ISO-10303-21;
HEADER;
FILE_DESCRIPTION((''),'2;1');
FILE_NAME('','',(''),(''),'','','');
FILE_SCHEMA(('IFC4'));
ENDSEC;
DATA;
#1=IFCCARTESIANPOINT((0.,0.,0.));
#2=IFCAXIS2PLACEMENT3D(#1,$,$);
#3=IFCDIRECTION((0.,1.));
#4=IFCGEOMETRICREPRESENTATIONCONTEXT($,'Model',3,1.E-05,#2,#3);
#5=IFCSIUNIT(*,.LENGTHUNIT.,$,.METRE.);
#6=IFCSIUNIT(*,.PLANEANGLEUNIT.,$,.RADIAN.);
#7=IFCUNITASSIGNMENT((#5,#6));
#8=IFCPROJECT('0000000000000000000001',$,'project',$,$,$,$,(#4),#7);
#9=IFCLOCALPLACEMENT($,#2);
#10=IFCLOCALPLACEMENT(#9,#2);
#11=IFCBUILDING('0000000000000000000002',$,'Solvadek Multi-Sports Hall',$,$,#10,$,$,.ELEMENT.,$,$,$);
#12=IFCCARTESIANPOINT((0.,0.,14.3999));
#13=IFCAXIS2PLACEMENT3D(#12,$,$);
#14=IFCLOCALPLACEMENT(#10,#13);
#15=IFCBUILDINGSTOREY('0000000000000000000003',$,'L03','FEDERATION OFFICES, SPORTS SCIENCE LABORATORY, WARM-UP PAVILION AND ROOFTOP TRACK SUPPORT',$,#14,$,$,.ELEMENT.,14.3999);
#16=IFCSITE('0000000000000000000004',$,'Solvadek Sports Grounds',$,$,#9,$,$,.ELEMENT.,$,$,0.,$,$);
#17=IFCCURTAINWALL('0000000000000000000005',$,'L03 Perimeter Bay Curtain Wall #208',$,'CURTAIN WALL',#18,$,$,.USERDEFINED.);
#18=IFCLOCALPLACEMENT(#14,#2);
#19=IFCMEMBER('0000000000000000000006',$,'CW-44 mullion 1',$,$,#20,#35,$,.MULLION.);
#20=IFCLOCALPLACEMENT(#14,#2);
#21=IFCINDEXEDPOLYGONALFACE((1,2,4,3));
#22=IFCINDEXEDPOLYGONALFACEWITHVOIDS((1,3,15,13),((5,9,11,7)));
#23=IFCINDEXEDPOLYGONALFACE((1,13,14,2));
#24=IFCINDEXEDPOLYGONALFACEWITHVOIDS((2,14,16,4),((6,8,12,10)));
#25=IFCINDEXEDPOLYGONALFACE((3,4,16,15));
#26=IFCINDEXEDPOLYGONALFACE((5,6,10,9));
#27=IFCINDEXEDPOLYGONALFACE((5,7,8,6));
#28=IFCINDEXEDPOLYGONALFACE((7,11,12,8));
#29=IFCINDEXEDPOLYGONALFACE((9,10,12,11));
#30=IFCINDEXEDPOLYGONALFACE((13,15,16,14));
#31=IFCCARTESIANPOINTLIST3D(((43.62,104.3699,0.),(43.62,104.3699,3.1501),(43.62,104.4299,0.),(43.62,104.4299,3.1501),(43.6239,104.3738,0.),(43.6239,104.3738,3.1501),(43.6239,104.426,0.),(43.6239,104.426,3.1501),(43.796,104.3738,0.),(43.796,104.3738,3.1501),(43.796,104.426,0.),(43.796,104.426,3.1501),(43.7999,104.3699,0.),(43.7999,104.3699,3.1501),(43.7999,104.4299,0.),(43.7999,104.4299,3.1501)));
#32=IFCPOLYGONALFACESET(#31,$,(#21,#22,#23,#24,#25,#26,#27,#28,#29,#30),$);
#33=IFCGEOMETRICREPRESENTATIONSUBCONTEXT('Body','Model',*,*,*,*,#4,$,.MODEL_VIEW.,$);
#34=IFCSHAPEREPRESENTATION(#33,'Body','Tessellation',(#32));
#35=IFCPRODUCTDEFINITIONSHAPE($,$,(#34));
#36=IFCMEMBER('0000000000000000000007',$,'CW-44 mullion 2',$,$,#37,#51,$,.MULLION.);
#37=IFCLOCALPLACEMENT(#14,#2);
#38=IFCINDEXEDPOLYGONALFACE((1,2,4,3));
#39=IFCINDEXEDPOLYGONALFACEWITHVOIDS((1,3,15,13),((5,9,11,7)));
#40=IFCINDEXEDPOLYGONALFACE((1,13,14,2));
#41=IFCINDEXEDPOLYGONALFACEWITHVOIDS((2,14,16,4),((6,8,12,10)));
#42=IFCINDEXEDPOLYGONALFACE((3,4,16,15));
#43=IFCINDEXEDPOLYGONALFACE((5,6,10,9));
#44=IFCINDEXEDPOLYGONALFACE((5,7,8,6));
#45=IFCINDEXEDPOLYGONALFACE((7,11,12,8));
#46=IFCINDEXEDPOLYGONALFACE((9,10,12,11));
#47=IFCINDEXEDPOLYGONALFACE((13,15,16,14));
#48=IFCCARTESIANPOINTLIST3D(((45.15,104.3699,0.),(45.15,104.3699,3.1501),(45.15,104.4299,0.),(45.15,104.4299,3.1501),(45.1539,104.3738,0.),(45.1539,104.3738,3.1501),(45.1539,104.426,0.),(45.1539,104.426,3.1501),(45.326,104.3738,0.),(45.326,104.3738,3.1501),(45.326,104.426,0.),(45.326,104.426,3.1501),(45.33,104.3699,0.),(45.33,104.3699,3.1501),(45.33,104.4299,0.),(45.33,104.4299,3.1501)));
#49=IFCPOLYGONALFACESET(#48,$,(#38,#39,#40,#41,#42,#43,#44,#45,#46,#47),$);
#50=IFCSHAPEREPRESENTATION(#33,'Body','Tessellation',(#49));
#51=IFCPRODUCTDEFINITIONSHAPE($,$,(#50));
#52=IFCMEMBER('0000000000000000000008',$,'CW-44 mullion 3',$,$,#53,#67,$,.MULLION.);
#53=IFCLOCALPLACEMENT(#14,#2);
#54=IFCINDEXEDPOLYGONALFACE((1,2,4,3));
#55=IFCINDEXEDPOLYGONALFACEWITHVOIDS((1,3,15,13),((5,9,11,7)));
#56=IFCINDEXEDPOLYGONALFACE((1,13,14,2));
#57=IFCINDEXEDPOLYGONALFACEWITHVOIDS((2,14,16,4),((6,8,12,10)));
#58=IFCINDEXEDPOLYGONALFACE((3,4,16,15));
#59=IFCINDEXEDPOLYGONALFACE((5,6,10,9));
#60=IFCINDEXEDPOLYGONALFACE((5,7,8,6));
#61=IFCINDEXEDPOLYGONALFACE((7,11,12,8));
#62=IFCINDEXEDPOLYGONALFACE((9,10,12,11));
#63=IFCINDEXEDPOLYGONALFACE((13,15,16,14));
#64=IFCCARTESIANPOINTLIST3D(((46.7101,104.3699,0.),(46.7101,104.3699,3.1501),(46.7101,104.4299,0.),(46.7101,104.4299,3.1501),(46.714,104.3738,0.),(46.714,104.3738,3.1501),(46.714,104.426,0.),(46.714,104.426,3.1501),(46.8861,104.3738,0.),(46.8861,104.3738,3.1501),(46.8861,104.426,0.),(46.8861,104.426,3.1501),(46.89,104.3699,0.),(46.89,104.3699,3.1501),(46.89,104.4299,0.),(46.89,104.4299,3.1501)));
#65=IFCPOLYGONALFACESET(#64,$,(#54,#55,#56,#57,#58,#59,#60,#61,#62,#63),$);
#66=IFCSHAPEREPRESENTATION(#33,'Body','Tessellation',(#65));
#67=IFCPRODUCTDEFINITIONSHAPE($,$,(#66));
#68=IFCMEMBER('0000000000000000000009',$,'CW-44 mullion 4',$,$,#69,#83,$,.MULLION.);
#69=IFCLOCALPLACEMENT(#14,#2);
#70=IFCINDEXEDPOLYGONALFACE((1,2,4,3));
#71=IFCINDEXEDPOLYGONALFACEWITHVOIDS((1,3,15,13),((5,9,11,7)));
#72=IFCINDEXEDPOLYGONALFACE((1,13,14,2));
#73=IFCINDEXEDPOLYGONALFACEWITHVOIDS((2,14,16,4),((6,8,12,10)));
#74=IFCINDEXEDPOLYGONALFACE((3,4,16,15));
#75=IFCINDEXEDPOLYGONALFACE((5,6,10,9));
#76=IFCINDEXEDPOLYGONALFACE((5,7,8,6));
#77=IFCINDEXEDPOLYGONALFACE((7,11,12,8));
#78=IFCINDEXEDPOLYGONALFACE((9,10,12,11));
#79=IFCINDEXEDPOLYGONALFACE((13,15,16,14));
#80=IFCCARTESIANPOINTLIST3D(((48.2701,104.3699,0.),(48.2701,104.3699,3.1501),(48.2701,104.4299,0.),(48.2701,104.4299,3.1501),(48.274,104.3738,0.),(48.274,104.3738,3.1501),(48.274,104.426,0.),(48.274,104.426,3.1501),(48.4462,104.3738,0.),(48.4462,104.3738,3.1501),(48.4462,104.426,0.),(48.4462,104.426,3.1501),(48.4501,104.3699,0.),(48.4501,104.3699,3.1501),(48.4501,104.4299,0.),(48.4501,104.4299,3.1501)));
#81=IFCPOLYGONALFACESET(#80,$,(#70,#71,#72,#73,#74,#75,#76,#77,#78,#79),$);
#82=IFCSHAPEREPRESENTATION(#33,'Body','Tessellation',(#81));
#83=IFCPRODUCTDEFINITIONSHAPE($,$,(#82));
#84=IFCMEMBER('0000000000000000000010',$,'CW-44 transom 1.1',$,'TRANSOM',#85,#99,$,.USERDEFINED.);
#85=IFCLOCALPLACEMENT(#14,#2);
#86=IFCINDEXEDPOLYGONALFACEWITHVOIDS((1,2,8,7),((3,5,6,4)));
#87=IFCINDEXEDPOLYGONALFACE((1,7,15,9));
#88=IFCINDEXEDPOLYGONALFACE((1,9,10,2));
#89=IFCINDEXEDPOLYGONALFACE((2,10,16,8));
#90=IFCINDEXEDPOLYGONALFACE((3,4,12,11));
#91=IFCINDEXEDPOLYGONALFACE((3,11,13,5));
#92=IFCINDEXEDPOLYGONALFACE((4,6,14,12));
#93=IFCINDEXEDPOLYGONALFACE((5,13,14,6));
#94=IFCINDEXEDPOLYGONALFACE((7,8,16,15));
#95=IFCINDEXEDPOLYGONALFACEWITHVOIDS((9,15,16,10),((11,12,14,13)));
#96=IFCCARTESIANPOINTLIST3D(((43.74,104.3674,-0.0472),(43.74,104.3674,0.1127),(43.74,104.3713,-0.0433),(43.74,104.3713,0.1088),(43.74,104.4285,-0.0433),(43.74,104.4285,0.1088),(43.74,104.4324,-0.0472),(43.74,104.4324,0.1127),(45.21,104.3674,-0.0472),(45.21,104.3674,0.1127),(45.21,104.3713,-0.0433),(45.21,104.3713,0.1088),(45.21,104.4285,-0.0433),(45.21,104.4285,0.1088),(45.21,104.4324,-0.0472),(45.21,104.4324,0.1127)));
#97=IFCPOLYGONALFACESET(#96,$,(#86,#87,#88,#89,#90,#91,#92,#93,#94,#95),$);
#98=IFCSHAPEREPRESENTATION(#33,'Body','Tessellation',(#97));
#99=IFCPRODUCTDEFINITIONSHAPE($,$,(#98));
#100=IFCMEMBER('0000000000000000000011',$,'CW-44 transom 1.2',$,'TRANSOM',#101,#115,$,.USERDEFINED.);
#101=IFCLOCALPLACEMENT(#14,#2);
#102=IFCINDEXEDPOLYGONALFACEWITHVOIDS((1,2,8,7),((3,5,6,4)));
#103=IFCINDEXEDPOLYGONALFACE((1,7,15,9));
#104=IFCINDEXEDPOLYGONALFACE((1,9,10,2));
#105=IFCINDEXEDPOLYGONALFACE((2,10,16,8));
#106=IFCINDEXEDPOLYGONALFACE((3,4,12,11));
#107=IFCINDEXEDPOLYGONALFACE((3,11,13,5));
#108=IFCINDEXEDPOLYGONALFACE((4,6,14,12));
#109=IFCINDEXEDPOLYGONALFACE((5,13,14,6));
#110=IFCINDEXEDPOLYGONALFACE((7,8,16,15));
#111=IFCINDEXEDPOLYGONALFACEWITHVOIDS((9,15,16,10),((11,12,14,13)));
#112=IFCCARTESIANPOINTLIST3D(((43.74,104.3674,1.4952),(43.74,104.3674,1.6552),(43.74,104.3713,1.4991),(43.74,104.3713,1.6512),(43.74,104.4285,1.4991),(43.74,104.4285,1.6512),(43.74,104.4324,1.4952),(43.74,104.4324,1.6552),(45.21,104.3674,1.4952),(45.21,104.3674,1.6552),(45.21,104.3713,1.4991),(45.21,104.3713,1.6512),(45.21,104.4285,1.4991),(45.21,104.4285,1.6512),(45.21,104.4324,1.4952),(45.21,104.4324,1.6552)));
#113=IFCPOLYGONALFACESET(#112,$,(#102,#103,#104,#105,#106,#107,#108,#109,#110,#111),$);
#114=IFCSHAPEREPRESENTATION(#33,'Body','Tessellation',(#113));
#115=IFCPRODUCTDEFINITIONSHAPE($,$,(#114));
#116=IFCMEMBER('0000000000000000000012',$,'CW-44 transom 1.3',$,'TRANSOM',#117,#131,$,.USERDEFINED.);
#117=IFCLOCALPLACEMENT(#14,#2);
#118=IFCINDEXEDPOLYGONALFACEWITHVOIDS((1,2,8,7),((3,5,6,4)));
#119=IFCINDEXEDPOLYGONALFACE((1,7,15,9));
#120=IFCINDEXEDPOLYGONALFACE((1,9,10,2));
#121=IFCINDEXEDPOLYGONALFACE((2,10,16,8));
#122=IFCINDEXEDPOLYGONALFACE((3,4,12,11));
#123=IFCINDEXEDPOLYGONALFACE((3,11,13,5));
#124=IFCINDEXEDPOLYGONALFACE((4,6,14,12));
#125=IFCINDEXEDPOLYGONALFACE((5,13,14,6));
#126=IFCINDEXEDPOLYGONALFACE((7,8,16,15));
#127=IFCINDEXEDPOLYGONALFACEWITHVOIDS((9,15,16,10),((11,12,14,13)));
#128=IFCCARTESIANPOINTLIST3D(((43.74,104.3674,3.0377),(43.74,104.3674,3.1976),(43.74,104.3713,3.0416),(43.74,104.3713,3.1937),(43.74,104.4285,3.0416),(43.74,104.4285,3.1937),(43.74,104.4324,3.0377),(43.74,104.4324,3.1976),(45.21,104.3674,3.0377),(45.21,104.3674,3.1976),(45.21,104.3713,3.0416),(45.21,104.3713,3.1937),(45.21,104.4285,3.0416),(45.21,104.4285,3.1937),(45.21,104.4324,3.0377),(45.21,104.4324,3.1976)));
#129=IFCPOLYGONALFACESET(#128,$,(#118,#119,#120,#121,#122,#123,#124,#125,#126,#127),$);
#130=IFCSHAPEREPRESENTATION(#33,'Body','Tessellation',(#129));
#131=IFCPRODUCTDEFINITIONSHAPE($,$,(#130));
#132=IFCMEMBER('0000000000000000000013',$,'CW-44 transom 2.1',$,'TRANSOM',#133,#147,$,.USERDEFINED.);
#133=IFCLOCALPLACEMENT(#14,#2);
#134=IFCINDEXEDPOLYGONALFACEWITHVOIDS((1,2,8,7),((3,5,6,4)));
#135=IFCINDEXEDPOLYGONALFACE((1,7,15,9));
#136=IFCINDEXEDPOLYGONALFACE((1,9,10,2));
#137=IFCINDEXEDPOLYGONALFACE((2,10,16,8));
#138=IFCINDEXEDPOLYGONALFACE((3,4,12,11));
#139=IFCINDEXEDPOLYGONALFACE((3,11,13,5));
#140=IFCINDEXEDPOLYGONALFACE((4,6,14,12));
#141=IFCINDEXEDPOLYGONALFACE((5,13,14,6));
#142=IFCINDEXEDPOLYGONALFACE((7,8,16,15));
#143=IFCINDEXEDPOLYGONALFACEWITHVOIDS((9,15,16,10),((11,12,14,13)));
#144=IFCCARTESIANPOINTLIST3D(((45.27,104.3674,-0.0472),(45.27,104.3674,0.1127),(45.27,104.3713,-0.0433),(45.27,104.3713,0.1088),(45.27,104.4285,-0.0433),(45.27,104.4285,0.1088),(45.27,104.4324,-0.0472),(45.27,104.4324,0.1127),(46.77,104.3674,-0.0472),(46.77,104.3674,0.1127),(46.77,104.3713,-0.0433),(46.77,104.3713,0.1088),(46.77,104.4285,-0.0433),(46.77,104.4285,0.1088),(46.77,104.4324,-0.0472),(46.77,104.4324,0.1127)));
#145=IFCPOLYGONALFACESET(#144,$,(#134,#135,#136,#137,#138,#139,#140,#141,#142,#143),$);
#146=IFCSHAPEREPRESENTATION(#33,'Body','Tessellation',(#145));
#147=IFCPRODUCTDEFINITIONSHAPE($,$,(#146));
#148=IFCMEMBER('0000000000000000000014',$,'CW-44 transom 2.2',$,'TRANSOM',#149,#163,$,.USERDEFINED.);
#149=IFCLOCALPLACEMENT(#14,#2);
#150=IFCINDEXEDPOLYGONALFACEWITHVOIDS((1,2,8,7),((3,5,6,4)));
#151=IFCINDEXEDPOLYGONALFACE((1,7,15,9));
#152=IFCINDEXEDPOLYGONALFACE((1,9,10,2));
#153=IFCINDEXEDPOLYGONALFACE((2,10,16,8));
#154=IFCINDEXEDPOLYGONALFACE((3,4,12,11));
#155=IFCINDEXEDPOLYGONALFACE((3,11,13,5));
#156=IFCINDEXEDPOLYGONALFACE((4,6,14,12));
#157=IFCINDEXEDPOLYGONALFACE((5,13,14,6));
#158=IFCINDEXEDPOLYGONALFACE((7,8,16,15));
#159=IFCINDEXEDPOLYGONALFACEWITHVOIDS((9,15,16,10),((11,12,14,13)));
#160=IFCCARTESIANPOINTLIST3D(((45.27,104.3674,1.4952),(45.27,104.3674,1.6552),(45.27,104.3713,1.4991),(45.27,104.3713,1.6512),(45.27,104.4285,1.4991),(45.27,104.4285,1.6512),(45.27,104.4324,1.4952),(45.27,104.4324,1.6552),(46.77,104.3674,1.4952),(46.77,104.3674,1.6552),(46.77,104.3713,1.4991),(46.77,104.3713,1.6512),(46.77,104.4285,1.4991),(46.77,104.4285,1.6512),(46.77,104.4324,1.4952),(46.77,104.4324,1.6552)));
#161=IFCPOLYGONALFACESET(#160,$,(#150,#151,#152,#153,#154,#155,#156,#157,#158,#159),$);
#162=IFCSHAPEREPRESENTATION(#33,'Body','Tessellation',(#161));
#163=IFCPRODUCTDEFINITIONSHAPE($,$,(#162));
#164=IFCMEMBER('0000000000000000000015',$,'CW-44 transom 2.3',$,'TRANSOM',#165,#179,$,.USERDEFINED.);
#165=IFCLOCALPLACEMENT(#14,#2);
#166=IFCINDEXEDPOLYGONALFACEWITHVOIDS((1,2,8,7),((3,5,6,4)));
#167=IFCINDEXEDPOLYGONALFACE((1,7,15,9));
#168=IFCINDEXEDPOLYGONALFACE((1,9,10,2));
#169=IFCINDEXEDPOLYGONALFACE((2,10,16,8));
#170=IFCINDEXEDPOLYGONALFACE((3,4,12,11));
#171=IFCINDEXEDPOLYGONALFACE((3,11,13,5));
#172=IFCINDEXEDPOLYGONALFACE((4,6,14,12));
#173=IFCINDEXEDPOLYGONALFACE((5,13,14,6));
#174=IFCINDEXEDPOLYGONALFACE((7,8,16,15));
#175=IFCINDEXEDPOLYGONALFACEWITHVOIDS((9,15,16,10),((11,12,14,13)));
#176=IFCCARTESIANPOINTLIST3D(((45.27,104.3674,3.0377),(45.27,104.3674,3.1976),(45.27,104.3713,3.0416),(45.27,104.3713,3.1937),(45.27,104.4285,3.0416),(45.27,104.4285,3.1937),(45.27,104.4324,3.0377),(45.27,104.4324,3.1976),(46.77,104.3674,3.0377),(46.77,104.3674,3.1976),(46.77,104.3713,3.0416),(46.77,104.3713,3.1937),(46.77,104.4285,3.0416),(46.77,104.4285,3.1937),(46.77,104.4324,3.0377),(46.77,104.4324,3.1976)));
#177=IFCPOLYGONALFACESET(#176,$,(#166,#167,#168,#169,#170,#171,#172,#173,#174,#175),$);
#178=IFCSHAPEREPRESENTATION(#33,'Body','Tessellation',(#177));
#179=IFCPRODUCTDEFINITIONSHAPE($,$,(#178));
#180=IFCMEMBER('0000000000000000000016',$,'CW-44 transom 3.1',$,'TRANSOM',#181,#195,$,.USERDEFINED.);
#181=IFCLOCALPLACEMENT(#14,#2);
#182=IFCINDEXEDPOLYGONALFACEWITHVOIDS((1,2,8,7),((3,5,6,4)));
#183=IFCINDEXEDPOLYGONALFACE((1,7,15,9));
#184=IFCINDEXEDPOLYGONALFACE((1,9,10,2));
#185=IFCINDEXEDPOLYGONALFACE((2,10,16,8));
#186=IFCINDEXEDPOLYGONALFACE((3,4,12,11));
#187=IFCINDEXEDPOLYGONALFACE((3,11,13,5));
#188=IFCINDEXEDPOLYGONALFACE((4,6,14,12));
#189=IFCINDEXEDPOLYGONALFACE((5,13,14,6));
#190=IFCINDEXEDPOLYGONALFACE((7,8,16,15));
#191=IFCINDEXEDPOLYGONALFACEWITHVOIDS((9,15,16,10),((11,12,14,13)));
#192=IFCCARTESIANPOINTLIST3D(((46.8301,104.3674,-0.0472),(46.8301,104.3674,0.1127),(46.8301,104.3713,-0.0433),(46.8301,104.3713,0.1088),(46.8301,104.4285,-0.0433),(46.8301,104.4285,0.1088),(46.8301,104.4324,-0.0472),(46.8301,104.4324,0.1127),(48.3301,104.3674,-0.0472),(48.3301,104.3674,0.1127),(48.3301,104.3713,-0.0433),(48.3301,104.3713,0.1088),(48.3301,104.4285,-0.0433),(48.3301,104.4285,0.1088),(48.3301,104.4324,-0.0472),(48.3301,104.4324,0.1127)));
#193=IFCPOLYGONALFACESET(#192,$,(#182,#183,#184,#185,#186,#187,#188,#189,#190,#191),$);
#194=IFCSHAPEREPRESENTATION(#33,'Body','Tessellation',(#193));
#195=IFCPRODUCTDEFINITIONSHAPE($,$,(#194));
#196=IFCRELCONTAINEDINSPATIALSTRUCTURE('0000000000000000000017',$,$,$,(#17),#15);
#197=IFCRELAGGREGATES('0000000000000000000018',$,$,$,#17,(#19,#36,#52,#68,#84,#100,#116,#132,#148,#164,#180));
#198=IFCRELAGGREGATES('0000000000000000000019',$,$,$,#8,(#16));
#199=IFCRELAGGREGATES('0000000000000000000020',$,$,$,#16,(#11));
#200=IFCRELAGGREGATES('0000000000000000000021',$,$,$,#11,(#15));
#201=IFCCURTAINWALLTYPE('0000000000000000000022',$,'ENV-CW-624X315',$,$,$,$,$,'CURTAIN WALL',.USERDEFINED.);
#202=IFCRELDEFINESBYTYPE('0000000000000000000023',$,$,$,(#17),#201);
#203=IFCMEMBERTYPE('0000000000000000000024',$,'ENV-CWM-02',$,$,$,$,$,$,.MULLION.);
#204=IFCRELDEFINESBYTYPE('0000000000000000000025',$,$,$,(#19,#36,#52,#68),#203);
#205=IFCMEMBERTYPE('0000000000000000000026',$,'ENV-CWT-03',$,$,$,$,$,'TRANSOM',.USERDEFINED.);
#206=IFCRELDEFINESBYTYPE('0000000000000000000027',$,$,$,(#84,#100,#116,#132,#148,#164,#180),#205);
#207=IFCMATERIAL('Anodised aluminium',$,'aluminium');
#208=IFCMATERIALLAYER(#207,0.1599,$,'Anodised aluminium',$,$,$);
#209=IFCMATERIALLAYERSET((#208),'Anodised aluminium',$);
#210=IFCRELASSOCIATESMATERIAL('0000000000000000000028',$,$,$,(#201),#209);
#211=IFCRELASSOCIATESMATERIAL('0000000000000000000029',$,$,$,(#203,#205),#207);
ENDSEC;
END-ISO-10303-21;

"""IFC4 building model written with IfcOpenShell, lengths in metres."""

from ifc_helpers import new_model, si_unit, direction, frame, origin, origin_2d, place, context, subcontext, project, spatial, hollow_rectangle, extrude, material, layer, layer_set, material_profile, profile_set, type_object, element, aggregate, save


model = new_model("IFC4")

# Units and contexts
model_context = context("Model", 3, precision=1e-05, world=origin(), true_north=direction((0.0, 1.0)))
body_context = subcontext(model_context, "Body", "Model", "MODEL_VIEW")
ifc_project = project(units=[si_unit("LENGTHUNIT", "METRE"), si_unit("PLANEANGLEUNIT", "RADIAN")], contexts=[model_context])

# Site, building, storey
site_placement = place(None, origin())
site = spatial("IfcSite", under=ifc_project, at=site_placement, Name="Solvadek Sports Grounds", CompositionType="ELEMENT", RefElevation=0.0)
building_placement = place(site_placement, origin())
building = spatial("IfcBuilding", under=site, at=building_placement, Name="Solvadek Multi-Sports Hall", CompositionType="ELEMENT")
storey_placement = place(building_placement, frame((0.0, 0.0, 14.3999)))
storey = spatial("IfcBuildingStorey", under=building, at=storey_placement, Name="L03", Description="FEDERATION OFFICES, SPORTS SCIENCE LABORATORY, WARM-UP PAVILION AND ROOFTOP TRACK SUPPORT", CompositionType="ELEMENT", Elevation=14.3999)

# Curtain wall, members
ifc_material_1 = material(Name="Anodised aluminium", Category="aluminium")
ifc_layer_1 = layer(ifc_material_1, 0.1599, Name="Anodised aluminium")
ifc_layer_set_1 = layer_set([ifc_layer_1], Name="Anodised aluminium")
curtain_wall_type = type_object("IfcCurtainWallType", Name="ENV-CW-624X315", ElementType="CURTAIN WALL", PredefinedType="USERDEFINED", material=ifc_layer_set_1)
curtain_wall_placement = place(storey_placement, origin())
curtain_wall = element("IfcCurtainWall", 1, at=curtain_wall_placement, inside=storey, type_object=curtain_wall_type, Name="L03 Perimeter Bay Curtain Wall #208", ObjectType="CURTAIN WALL", PredefinedType="USERDEFINED")
ifc_material_profile_1 = material_profile(ifc_material_1, hollow_rectangle(XDim=0.0601, YDim=0.1799, WallThickness=0.0039, at=origin_2d()), Name="ALU-M 180x60x4")
ifc_profile_set_1 = profile_set([ifc_material_profile_1], Name="Anodised aluminium")
member_type_1 = type_object("IfcMemberType", Name="ENV-CWM-02", PredefinedType="MULLION", material=ifc_profile_set_1)
member_1_placement = place(storey_placement, frame((43.71, 104.3999, 0.0), z_axis=(0.0, 0.0, 1.0), x_axis=(0.0, 1.0, 0.0)))
member_1 = element("IfcMember", 2, at=member_1_placement, type_object=member_type_1, Name="CW-44 mullion 1", PredefinedType="MULLION", context=body_context, shape_type="SweptSolid", body=[
    extrude(hollow_rectangle(XDim=0.0601, YDim=0.1799, WallThickness=0.0039, at=origin_2d()), origin(), (0.0, 0.0, 1.0), 3.1501),
])
member_2_placement = place(storey_placement, frame((45.24, 104.3999, 0.0), z_axis=(0.0, 0.0, 1.0), x_axis=(0.0, 1.0, 0.0)))
member_2 = element("IfcMember", 3, at=member_2_placement, type_object=member_type_1, Name="CW-44 mullion 2", PredefinedType="MULLION", context=body_context, shape_type="SweptSolid", body=[
    extrude(hollow_rectangle(XDim=0.0601, YDim=0.1799, WallThickness=0.0039, at=origin_2d()), origin(), (0.0, 0.0, 1.0), 3.1501),
])
member_3_placement = place(storey_placement, frame((46.8, 104.3999, 0.0), z_axis=(0.0, 0.0, 1.0), x_axis=(0.0, 1.0, 0.0)))
member_3 = element("IfcMember", 4, at=member_3_placement, type_object=member_type_1, Name="CW-44 mullion 3", PredefinedType="MULLION", context=body_context, shape_type="SweptSolid", body=[
    extrude(hollow_rectangle(XDim=0.0601, YDim=0.1799, WallThickness=0.0039, at=origin_2d()), origin(), (0.0, 0.0, 1.0), 3.1501),
])
member_4_placement = place(storey_placement, frame((48.3601, 104.3999, 0.0), z_axis=(0.0, 0.0, 1.0), x_axis=(0.0, 1.0, 0.0)))
member_4 = element("IfcMember", 5, at=member_4_placement, type_object=member_type_1, Name="CW-44 mullion 4", PredefinedType="MULLION", context=body_context, shape_type="SweptSolid", body=[
    extrude(hollow_rectangle(XDim=0.0601, YDim=0.1799, WallThickness=0.0039, at=origin_2d()), origin(), (0.0, 0.0, 1.0), 3.1501),
])
ifc_material_profile_2 = material_profile(ifc_material_1, hollow_rectangle(XDim=0.0649, YDim=0.1599, WallThickness=0.0039, at=origin_2d()), Name="ALU-T 160x65x4")
ifc_profile_set_2 = profile_set([ifc_material_profile_2], Name="Anodised aluminium")
member_type_2 = type_object("IfcMemberType", Name="ENV-CWT-03", ElementType="TRANSOM", PredefinedType="USERDEFINED", material=ifc_profile_set_2)
member_5_placement = place(storey_placement, frame((43.74, 104.3999, 0.0327), z_axis=(1.0, 0.0, 0.0), x_axis=(0.0, 1.0, 0.0)))
member_5 = element("IfcMember", 6, at=member_5_placement, type_object=member_type_2, Name="CW-44 transom 1.1", ObjectType="TRANSOM", PredefinedType="USERDEFINED", context=body_context, shape_type="SweptSolid", body=[
    extrude(hollow_rectangle(XDim=0.0649, YDim=0.1599, WallThickness=0.0039, at=origin_2d()), origin(), (0.0, 0.0, 1.0), 1.47),
])
member_6_placement = place(storey_placement, frame((43.74, 104.3999, 1.5752), z_axis=(1.0, 0.0, 0.0), x_axis=(0.0, 1.0, 0.0)))
member_6 = element("IfcMember", 7, at=member_6_placement, type_object=member_type_2, Name="CW-44 transom 1.2", ObjectType="TRANSOM", PredefinedType="USERDEFINED", context=body_context, shape_type="SweptSolid", body=[
    extrude(hollow_rectangle(XDim=0.0649, YDim=0.1599, WallThickness=0.0039, at=origin_2d()), origin(), (0.0, 0.0, 1.0), 1.47),
])
member_7_placement = place(storey_placement, frame((43.74, 104.3999, 3.1177), z_axis=(1.0, 0.0, 0.0), x_axis=(0.0, 1.0, 0.0)))
member_7 = element("IfcMember", 8, at=member_7_placement, type_object=member_type_2, Name="CW-44 transom 1.3", ObjectType="TRANSOM", PredefinedType="USERDEFINED", context=body_context, shape_type="SweptSolid", body=[
    extrude(hollow_rectangle(XDim=0.0649, YDim=0.1599, WallThickness=0.0039, at=origin_2d()), origin(), (0.0, 0.0, 1.0), 1.47),
])
member_8_placement = place(storey_placement, frame((45.27, 104.3999, 0.0327), z_axis=(1.0, 0.0, 0.0), x_axis=(0.0, 1.0, 0.0)))
member_8 = element("IfcMember", 9, at=member_8_placement, type_object=member_type_2, Name="CW-44 transom 2.1", ObjectType="TRANSOM", PredefinedType="USERDEFINED", context=body_context, shape_type="SweptSolid", body=[
    extrude(hollow_rectangle(XDim=0.0649, YDim=0.1599, WallThickness=0.0039, at=origin_2d()), origin(), (0.0, 0.0, 1.0), 1.5),
])
member_9_placement = place(storey_placement, frame((45.27, 104.3999, 1.5752), z_axis=(1.0, 0.0, 0.0), x_axis=(0.0, 1.0, 0.0)))
member_9 = element("IfcMember", 10, at=member_9_placement, type_object=member_type_2, Name="CW-44 transom 2.2", ObjectType="TRANSOM", PredefinedType="USERDEFINED", context=body_context, shape_type="SweptSolid", body=[
    extrude(hollow_rectangle(XDim=0.0649, YDim=0.1599, WallThickness=0.0039, at=origin_2d()), origin(), (0.0, 0.0, 1.0), 1.5),
])
member_10_placement = place(storey_placement, frame((45.27, 104.3999, 3.1177), z_axis=(1.0, 0.0, 0.0), x_axis=(0.0, 1.0, 0.0)))
member_10 = element("IfcMember", 11, at=member_10_placement, type_object=member_type_2, Name="CW-44 transom 2.3", ObjectType="TRANSOM", PredefinedType="USERDEFINED", context=body_context, shape_type="SweptSolid", body=[
    extrude(hollow_rectangle(XDim=0.0649, YDim=0.1599, WallThickness=0.0039, at=origin_2d()), origin(), (0.0, 0.0, 1.0), 1.5),
])
member_11_placement = place(storey_placement, frame((46.8301, 104.3999, 0.0327), z_axis=(1.0, 0.0, 0.0), x_axis=(0.0, 1.0, 0.0)))
member_11 = element("IfcMember", 12, at=member_11_placement, type_object=member_type_2, Name="CW-44 transom 3.1", ObjectType="TRANSOM", PredefinedType="USERDEFINED", context=body_context, shape_type="SweptSolid", body=[
    extrude(hollow_rectangle(XDim=0.0649, YDim=0.1599, WallThickness=0.0039, at=origin_2d()), origin(), (0.0, 0.0, 1.0), 1.5),
])

aggregate(curtain_wall, [member_1, member_2, member_3, member_4, member_5, member_6, member_7, member_8, member_9, member_10, member_11])

save(model, "model.ifc")
